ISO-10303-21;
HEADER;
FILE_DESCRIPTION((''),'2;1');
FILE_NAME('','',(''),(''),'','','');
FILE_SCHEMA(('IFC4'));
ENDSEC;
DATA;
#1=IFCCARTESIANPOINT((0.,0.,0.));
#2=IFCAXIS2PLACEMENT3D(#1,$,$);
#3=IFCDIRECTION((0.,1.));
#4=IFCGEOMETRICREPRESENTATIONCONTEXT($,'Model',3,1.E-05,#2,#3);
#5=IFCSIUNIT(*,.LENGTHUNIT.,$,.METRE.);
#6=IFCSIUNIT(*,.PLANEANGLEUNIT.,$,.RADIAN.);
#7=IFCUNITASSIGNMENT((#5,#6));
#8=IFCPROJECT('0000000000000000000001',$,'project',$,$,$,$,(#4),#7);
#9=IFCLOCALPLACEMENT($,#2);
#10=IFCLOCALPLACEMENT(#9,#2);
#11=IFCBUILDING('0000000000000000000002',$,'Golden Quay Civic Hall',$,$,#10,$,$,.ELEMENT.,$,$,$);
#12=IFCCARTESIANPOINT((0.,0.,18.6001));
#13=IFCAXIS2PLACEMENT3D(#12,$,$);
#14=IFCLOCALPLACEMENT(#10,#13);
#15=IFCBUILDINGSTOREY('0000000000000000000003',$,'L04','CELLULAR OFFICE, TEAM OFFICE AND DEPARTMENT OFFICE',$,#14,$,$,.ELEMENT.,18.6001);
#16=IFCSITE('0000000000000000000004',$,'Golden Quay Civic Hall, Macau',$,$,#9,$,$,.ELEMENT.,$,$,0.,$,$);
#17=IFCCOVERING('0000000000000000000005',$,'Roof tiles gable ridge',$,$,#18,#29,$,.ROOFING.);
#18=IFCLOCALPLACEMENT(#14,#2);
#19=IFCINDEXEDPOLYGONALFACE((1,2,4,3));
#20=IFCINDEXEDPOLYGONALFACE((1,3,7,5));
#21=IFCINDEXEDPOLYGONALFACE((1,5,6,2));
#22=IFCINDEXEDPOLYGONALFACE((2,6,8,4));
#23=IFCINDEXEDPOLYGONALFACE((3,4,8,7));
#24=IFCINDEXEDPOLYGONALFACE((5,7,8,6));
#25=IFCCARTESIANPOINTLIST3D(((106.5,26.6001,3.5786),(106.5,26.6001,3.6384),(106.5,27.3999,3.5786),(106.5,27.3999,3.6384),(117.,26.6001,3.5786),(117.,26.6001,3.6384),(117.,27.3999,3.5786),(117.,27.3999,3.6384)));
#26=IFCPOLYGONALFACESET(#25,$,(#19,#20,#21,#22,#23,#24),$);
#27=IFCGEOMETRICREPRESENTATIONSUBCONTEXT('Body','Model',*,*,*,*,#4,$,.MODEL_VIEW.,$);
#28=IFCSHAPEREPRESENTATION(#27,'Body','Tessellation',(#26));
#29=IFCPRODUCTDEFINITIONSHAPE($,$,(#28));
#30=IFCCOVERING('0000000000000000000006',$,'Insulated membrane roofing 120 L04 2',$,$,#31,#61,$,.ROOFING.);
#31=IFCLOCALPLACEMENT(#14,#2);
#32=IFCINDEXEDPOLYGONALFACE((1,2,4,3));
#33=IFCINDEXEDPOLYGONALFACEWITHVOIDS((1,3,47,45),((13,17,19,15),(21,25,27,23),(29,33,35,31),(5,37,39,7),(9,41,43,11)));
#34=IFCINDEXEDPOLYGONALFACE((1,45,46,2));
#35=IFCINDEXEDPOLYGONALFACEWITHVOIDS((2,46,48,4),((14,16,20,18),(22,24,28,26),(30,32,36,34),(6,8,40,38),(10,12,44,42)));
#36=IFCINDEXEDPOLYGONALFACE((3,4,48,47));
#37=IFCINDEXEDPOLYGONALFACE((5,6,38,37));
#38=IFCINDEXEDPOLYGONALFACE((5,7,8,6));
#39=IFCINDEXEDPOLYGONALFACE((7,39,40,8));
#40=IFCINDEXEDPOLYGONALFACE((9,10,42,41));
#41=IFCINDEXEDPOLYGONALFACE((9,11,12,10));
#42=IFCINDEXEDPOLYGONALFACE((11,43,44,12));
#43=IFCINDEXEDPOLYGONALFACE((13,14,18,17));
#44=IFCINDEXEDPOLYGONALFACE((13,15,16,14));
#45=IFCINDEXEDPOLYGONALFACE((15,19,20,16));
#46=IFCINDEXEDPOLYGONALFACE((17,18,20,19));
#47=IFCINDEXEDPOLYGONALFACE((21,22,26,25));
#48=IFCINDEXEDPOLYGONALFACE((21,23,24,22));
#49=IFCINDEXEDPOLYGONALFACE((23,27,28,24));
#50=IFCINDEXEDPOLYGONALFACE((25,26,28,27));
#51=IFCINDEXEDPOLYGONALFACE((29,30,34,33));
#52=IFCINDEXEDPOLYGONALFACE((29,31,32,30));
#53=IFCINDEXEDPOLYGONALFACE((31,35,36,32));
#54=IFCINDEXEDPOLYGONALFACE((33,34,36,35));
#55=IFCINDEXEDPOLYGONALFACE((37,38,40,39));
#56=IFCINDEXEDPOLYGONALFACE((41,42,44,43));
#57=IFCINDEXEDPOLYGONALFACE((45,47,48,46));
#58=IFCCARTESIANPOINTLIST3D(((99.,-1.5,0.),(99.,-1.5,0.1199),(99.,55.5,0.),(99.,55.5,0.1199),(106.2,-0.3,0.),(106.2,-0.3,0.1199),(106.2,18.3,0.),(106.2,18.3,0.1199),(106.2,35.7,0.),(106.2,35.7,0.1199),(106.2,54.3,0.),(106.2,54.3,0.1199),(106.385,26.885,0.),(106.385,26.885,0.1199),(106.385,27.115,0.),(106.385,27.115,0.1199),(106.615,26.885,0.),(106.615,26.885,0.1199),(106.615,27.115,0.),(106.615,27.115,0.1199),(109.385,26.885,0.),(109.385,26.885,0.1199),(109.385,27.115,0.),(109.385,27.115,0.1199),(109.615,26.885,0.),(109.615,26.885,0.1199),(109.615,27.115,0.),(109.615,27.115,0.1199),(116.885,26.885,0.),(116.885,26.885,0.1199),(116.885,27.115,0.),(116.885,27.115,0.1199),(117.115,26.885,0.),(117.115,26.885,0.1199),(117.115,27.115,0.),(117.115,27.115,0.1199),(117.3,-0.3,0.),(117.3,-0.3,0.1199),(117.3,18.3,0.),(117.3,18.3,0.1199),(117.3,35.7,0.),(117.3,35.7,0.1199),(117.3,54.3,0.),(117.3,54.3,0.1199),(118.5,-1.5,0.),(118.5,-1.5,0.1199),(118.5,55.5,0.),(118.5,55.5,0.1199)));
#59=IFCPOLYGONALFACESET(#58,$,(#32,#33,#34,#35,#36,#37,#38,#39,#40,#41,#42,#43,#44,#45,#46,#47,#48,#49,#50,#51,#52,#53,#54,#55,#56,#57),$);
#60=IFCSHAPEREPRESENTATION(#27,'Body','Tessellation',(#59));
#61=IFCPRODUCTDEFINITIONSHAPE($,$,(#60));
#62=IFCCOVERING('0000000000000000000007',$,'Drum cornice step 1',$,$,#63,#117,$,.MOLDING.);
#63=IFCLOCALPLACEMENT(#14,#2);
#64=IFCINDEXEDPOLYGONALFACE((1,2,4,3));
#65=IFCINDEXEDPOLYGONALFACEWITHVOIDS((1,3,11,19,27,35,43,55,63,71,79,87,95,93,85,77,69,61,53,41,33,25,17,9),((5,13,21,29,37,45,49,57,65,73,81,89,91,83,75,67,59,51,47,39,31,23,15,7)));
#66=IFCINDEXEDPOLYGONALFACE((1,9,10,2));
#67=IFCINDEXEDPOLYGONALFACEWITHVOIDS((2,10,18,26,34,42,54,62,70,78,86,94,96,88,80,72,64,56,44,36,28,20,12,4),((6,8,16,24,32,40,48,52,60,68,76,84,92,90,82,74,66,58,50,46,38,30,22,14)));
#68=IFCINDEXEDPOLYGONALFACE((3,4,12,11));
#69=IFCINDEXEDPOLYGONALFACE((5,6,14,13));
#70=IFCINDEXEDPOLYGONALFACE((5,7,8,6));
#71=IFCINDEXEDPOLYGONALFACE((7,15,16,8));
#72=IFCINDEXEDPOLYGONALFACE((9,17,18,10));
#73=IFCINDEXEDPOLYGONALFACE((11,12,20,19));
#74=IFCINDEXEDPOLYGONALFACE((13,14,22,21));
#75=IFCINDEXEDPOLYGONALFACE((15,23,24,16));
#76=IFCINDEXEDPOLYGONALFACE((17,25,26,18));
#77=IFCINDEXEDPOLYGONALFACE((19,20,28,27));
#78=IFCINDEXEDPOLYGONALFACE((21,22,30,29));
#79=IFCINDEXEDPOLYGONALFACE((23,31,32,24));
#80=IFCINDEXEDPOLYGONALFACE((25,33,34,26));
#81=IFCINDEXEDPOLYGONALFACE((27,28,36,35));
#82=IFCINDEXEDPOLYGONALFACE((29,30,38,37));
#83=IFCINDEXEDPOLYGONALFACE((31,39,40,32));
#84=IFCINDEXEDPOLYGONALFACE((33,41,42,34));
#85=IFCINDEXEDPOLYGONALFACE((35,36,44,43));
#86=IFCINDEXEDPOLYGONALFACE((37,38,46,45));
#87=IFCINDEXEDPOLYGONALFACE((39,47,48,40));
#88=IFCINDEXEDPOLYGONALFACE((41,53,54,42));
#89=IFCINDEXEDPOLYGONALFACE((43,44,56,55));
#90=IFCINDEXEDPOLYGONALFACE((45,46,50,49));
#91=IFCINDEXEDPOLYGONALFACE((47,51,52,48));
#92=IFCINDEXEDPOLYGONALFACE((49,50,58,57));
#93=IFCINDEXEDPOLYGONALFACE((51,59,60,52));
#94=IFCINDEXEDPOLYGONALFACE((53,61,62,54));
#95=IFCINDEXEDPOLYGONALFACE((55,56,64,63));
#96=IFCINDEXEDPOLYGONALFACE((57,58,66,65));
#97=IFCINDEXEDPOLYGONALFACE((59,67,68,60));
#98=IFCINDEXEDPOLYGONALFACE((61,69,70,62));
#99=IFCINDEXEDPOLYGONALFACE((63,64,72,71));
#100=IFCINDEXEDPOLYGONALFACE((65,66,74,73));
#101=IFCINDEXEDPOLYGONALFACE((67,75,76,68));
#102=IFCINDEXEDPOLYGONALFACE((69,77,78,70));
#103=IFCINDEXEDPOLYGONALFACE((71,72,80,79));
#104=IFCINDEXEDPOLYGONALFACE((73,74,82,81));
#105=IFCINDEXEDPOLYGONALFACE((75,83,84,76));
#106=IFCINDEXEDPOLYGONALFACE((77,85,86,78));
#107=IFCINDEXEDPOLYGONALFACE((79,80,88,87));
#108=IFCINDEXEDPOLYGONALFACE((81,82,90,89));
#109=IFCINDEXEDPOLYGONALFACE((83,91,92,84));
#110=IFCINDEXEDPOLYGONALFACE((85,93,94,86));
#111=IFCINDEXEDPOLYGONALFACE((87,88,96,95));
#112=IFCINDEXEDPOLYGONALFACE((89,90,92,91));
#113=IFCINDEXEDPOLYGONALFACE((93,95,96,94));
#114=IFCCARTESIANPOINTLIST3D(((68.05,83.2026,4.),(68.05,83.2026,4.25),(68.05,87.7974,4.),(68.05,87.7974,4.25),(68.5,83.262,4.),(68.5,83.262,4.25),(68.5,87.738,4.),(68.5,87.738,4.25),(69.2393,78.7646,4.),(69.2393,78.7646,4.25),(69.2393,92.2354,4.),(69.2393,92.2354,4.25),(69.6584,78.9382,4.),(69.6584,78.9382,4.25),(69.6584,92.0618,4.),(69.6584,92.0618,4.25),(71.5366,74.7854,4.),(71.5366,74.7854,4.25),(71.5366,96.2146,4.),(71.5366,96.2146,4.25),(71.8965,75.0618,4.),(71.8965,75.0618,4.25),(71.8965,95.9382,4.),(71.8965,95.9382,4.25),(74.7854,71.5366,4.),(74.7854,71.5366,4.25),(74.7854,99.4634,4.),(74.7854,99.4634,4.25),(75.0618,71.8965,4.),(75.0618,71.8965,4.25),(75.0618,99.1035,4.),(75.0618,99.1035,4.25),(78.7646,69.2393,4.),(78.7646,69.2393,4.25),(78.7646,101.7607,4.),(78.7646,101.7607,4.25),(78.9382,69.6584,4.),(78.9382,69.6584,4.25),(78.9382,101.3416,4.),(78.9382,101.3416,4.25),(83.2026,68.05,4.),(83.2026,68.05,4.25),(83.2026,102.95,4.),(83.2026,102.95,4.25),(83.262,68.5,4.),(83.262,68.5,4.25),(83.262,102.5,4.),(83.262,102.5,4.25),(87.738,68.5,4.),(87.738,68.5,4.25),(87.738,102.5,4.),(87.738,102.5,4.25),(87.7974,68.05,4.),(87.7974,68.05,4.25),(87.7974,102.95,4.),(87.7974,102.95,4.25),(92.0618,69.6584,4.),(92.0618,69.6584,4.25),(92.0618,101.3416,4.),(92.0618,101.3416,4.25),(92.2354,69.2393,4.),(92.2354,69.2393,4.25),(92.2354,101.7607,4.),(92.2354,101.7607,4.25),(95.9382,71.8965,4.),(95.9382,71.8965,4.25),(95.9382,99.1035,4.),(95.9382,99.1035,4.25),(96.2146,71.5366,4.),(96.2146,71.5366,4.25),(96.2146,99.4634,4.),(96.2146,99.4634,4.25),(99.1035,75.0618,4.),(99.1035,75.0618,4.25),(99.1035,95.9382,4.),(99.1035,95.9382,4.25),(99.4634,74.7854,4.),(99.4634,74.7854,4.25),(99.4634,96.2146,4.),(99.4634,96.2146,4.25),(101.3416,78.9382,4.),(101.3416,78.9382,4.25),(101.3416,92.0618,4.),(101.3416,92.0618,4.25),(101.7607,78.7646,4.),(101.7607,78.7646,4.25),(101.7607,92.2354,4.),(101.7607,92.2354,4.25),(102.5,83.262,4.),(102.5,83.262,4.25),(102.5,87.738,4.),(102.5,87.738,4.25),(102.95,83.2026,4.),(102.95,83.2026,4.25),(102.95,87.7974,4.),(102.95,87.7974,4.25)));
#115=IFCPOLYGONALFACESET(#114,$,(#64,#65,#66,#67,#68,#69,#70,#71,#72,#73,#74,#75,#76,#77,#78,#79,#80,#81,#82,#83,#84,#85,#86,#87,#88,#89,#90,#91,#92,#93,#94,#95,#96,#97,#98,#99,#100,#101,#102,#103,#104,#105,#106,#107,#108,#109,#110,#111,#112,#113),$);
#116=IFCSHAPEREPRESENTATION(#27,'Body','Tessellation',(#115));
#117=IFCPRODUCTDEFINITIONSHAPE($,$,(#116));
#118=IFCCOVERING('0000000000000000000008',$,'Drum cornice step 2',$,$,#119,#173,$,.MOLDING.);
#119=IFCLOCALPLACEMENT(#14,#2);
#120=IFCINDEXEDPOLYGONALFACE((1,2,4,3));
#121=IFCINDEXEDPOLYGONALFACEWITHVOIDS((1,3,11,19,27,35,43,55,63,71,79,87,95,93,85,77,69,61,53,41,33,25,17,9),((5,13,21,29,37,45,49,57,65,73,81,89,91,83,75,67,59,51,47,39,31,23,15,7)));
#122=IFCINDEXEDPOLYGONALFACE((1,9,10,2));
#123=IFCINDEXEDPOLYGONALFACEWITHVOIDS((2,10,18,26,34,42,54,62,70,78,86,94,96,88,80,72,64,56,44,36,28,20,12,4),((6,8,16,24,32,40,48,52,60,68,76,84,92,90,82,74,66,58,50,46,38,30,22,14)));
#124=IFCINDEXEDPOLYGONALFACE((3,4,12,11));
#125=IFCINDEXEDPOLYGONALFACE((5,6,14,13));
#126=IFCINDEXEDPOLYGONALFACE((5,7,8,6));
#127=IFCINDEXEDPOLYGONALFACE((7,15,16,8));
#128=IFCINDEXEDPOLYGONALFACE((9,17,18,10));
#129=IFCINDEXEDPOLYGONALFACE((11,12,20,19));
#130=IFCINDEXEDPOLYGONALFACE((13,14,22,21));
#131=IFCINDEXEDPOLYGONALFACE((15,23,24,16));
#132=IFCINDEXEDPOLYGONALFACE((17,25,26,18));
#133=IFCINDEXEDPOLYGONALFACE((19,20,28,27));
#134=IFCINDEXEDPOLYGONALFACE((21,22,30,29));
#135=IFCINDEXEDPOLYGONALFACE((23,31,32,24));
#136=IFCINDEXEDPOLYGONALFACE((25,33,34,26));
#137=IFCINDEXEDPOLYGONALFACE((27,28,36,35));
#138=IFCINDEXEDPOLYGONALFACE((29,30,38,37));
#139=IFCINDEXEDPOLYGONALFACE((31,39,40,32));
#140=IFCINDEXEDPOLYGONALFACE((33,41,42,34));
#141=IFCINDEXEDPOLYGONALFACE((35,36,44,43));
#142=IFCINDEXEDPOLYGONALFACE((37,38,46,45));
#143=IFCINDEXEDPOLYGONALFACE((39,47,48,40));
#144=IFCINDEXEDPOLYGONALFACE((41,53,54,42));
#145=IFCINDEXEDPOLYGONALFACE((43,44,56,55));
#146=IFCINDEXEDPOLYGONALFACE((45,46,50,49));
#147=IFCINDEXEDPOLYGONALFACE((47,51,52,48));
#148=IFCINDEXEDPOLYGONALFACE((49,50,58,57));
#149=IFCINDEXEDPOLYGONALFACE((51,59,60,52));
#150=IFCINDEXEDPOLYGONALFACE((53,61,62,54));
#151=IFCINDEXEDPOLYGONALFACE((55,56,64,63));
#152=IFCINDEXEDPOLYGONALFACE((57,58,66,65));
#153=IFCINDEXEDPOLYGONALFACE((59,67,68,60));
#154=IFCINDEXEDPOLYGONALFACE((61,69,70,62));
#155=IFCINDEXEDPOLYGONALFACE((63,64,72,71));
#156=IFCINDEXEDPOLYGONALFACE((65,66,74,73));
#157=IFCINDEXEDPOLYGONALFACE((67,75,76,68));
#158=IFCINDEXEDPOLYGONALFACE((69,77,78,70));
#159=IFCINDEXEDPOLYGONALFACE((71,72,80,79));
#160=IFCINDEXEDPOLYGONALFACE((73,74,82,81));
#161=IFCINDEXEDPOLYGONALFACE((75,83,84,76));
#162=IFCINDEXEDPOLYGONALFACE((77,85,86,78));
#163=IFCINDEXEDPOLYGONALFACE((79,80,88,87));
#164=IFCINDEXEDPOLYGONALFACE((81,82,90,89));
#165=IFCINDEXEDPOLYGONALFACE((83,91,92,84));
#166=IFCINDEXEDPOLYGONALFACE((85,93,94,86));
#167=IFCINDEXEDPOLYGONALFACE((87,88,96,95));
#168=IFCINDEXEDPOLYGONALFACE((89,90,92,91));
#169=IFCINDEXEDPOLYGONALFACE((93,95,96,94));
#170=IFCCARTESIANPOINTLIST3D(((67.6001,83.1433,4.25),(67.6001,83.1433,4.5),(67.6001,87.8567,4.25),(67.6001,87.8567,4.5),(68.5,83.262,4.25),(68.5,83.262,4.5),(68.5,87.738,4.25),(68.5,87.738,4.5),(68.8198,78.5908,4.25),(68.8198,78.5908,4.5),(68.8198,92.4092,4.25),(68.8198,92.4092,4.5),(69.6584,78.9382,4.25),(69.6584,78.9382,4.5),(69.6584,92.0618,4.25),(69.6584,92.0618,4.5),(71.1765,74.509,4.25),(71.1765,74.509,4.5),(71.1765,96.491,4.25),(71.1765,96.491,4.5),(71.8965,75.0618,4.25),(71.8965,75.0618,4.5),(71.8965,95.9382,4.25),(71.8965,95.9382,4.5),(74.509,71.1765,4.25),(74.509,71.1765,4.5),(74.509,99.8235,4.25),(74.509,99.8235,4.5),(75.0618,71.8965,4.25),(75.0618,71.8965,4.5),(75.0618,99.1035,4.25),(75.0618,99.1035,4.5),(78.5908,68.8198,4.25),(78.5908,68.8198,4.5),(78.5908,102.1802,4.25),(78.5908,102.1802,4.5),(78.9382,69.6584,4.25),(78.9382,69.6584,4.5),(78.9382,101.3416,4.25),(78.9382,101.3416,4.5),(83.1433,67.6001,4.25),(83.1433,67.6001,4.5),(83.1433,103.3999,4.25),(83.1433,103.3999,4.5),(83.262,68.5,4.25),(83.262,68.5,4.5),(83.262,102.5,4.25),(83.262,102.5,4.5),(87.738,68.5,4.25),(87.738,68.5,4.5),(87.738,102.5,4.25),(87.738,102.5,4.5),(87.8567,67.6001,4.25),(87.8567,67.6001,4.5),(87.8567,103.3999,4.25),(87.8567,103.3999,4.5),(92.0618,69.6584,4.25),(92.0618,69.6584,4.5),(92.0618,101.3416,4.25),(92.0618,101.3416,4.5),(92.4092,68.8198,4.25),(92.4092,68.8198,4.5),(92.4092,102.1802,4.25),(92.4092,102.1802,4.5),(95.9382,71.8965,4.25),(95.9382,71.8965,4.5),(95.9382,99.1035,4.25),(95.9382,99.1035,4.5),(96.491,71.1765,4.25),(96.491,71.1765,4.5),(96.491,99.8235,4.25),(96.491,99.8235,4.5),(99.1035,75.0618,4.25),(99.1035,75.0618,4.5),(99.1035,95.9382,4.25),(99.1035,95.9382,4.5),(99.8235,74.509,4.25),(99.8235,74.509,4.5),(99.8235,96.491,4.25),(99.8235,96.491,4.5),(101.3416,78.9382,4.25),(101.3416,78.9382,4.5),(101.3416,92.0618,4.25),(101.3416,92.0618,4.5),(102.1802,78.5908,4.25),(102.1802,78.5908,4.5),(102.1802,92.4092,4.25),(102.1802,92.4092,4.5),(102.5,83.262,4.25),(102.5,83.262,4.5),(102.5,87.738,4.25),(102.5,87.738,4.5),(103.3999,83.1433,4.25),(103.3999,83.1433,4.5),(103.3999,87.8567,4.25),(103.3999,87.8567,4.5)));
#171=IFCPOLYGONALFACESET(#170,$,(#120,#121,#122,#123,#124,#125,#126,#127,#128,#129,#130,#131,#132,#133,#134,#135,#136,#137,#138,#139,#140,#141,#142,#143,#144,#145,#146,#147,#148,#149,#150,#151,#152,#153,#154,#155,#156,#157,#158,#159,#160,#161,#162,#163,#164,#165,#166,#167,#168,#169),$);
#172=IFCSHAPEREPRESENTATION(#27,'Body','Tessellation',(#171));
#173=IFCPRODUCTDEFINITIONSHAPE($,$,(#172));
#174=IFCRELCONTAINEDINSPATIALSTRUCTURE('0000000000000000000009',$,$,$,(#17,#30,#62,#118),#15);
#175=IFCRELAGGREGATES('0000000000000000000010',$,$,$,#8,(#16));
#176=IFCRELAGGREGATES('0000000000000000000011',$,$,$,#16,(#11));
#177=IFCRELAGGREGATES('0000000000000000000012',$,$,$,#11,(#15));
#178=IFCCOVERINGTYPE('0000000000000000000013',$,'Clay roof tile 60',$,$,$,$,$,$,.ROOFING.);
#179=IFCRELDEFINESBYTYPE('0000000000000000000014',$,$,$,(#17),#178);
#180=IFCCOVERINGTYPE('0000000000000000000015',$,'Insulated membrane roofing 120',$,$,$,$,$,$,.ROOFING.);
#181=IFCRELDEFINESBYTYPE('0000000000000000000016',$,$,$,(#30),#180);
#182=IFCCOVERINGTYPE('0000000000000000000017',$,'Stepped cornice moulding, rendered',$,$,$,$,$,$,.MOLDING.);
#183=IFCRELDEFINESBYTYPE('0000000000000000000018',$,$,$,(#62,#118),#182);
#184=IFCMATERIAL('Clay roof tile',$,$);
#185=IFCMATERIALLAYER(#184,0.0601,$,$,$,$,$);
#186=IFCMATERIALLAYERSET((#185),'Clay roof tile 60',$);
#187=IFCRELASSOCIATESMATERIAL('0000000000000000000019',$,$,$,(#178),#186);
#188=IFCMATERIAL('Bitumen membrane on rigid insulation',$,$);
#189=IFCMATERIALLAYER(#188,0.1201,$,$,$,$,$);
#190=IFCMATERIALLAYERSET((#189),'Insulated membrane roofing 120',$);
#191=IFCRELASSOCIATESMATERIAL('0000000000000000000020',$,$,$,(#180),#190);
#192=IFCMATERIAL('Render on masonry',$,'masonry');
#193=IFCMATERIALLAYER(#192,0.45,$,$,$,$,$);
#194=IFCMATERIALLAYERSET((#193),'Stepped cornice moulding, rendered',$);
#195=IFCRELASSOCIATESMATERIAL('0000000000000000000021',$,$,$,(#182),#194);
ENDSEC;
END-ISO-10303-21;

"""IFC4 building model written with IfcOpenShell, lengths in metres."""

from ifc_helpers import new_model, si_unit, direction, frame, origin, place, context, subcontext, project, spatial, polyline, outline, extrude, material, layer, layer_set, type_object, element, save


model = new_model("IFC4")

# Units and contexts
model_context = context("Model", 3, precision=1e-05, world=origin(), true_north=direction((0.0, 1.0)))
body_context = subcontext(model_context, "Body", "Model", "MODEL_VIEW")
ifc_project = project(units=[si_unit("LENGTHUNIT", "METRE"), si_unit("PLANEANGLEUNIT", "RADIAN")], contexts=[model_context])

# Site, building, storey
site_placement = place(None, origin())
site = spatial("IfcSite", under=ifc_project, at=site_placement, Name="Golden Quay Civic Hall, Macau", CompositionType="ELEMENT", RefElevation=0.0)
building_placement = place(site_placement, origin())
building = spatial("IfcBuilding", under=site, at=building_placement, Name="Golden Quay Civic Hall", CompositionType="ELEMENT")
storey_placement = place(building_placement, frame((0.0, 0.0, 18.6001)))
storey = spatial("IfcBuildingStorey", under=building, at=storey_placement, Name="L04", Description="CELLULAR OFFICE, TEAM OFFICE AND DEPARTMENT OFFICE", CompositionType="ELEMENT", Elevation=18.6001)

# Coverings
ifc_material_1 = material(Name="Clay roof tile")
ifc_layer_1 = layer(ifc_material_1, 0.0601)
ifc_layer_set_1 = layer_set([ifc_layer_1], Name="Clay roof tile 60")
covering_type_1 = type_object("IfcCoveringType", Name="Clay roof tile 60", PredefinedType="ROOFING", material=ifc_layer_set_1)
covering_1_placement = place(storey_placement, frame((0.0, 0.0, 3.5786)))
element("IfcCovering", 1, at=covering_1_placement, inside=storey, type_object=covering_type_1, Name="Roof tiles gable ridge", PredefinedType="ROOFING", context=body_context, shape_type="SweptSolid", body=[
    extrude(outline(polyline([(106.5, 26.6001), (117.0, 26.6001), (117.0, 27.3999), (106.5, 27.3999), (106.5, 26.6001)])), origin(), (0.0, 0.0, 1.0), 0.0598),
])
ifc_material_2 = material(Name="Bitumen membrane on rigid insulation")
ifc_layer_2 = layer(ifc_material_2, 0.1201)
ifc_layer_set_2 = layer_set([ifc_layer_2], Name="Insulated membrane roofing 120")
covering_type_2 = type_object("IfcCoveringType", Name="Insulated membrane roofing 120", PredefinedType="ROOFING", material=ifc_layer_set_2)
covering_2_placement = place(storey_placement, origin())
element("IfcCovering", 2, at=covering_2_placement, inside=storey, type_object=covering_type_2, Name="Insulated membrane roofing 120 L04 2", PredefinedType="ROOFING", context=body_context, shape_type="SweptSolid", body=[
    extrude(outline(polyline([(118.5, 55.5), (118.5, -1.5), (99.0, -1.5), (99.0, 55.5), (118.5, 55.5)]), holes=[polyline([(117.3, -0.3), (117.3, 18.3), (106.2, 18.3), (106.2, -0.3), (117.3, -0.3)]), polyline([(117.3, 35.7), (117.3, 54.3), (106.2, 54.3), (106.2, 35.7), (117.3, 35.7)]), polyline([(106.385, 26.885), (106.615, 26.885), (106.615, 27.115), (106.385, 27.115), (106.385, 26.885)]), polyline([(109.385, 27.115), (109.385, 26.885), (109.615, 26.885), (109.615, 27.115), (109.385, 27.115)]), polyline([(117.115, 27.115), (116.885, 27.115), (116.885, 26.885), (117.115, 26.885), (117.115, 27.115)])]), origin(), (0.0, 0.0, 1.0), 0.1199),
])
ifc_material_3 = material(Name="Render on masonry", Category="masonry")
ifc_layer_3 = layer(ifc_material_3, 0.45)
ifc_layer_set_3 = layer_set([ifc_layer_3], Name="Stepped cornice moulding, rendered")
covering_type_3 = type_object("IfcCoveringType", Name="Stepped cornice moulding, rendered", PredefinedType="MOLDING", material=ifc_layer_set_3)
covering_3_placement = place(storey_placement, frame((0.0, 0.0, 4.0)))
element("IfcCovering", 3, at=covering_3_placement, inside=storey, type_object=covering_type_3, Name="Drum cornice step 1", PredefinedType="MOLDING", context=body_context, shape_type="SweptSolid", body=[
    extrude(outline(polyline([(102.95, 87.7974), (101.7607, 92.2354), (99.4634, 96.2146), (96.2146, 99.4634), (92.2354, 101.7607), (87.7974, 102.95), (83.2026, 102.95), (78.7646, 101.7607), (74.7854, 99.4634), (71.5366, 96.2146), (69.2393, 92.2354), (68.05, 87.7974), (68.05, 83.2026), (69.2393, 78.7646), (71.5366, 74.7854), (74.7854, 71.5366), (78.7646, 69.2393), (83.2026, 68.05), (87.7974, 68.05), (92.2354, 69.2393), (96.2146, 71.5366), (99.4634, 74.7854), (101.7607, 78.7646), (102.95, 83.2026), (102.95, 87.7974)]), holes=[polyline([(101.3416, 92.0618), (99.1035, 95.9382), (95.9382, 99.1035), (92.0618, 101.3416), (87.738, 102.5), (83.262, 102.5), (78.9382, 101.3416), (75.0618, 99.1035), (71.8965, 95.9382), (69.6584, 92.0618), (68.5, 87.738), (68.5, 83.262), (69.6584, 78.9382), (71.8965, 75.0618), (75.0618, 71.8965), (78.9382, 69.6584), (83.262, 68.5), (87.738, 68.5), (92.0618, 69.6584), (95.9382, 71.8965), (99.1035, 75.0618), (101.3416, 78.9382), (102.5, 83.262), (102.5, 87.738), (101.3416, 92.0618)])]), origin(), (0.0, 0.0, 1.0), 0.25),
])
covering_4_placement = place(storey_placement, frame((0.0, 0.0, 4.25)))
element("IfcCovering", 4, at=covering_4_placement, inside=storey, type_object=covering_type_3, Name="Drum cornice step 2", PredefinedType="MOLDING", context=body_context, shape_type="SweptSolid", body=[
    extrude(outline(polyline([(103.3999, 87.8567), (102.1802, 92.4092), (99.8235, 96.491), (96.491, 99.8235), (92.4092, 102.1802), (87.8567, 103.3999), (83.1433, 103.3999), (78.5908, 102.1802), (74.509, 99.8235), (71.1765, 96.491), (68.8198, 92.4092), (67.6001, 87.8567), (67.6001, 83.1433), (68.8198, 78.5908), (71.1765, 74.509), (74.509, 71.1765), (78.5908, 68.8198), (83.1433, 67.6001), (87.8567, 67.6001), (92.4092, 68.8198), (96.491, 71.1765), (99.8235, 74.509), (102.1802, 78.5908), (103.3999, 83.1433), (103.3999, 87.8567)]), holes=[polyline([(101.3416, 92.0618), (99.1035, 95.9382), (95.9382, 99.1035), (92.0618, 101.3416), (87.738, 102.5), (83.262, 102.5), (78.9382, 101.3416), (75.0618, 99.1035), (71.8965, 95.9382), (69.6584, 92.0618), (68.5, 87.738), (68.5, 83.262), (69.6584, 78.9382), (71.8965, 75.0618), (75.0618, 71.8965), (78.9382, 69.6584), (83.262, 68.5), (87.738, 68.5), (92.0618, 69.6584), (95.9382, 71.8965), (99.1035, 75.0618), (101.3416, 78.9382), (102.5, 83.262), (102.5, 87.738), (101.3416, 92.0618)])]), origin(), (0.0, 0.0, 1.0), 0.25),
])

save(model, "model.ifc")
